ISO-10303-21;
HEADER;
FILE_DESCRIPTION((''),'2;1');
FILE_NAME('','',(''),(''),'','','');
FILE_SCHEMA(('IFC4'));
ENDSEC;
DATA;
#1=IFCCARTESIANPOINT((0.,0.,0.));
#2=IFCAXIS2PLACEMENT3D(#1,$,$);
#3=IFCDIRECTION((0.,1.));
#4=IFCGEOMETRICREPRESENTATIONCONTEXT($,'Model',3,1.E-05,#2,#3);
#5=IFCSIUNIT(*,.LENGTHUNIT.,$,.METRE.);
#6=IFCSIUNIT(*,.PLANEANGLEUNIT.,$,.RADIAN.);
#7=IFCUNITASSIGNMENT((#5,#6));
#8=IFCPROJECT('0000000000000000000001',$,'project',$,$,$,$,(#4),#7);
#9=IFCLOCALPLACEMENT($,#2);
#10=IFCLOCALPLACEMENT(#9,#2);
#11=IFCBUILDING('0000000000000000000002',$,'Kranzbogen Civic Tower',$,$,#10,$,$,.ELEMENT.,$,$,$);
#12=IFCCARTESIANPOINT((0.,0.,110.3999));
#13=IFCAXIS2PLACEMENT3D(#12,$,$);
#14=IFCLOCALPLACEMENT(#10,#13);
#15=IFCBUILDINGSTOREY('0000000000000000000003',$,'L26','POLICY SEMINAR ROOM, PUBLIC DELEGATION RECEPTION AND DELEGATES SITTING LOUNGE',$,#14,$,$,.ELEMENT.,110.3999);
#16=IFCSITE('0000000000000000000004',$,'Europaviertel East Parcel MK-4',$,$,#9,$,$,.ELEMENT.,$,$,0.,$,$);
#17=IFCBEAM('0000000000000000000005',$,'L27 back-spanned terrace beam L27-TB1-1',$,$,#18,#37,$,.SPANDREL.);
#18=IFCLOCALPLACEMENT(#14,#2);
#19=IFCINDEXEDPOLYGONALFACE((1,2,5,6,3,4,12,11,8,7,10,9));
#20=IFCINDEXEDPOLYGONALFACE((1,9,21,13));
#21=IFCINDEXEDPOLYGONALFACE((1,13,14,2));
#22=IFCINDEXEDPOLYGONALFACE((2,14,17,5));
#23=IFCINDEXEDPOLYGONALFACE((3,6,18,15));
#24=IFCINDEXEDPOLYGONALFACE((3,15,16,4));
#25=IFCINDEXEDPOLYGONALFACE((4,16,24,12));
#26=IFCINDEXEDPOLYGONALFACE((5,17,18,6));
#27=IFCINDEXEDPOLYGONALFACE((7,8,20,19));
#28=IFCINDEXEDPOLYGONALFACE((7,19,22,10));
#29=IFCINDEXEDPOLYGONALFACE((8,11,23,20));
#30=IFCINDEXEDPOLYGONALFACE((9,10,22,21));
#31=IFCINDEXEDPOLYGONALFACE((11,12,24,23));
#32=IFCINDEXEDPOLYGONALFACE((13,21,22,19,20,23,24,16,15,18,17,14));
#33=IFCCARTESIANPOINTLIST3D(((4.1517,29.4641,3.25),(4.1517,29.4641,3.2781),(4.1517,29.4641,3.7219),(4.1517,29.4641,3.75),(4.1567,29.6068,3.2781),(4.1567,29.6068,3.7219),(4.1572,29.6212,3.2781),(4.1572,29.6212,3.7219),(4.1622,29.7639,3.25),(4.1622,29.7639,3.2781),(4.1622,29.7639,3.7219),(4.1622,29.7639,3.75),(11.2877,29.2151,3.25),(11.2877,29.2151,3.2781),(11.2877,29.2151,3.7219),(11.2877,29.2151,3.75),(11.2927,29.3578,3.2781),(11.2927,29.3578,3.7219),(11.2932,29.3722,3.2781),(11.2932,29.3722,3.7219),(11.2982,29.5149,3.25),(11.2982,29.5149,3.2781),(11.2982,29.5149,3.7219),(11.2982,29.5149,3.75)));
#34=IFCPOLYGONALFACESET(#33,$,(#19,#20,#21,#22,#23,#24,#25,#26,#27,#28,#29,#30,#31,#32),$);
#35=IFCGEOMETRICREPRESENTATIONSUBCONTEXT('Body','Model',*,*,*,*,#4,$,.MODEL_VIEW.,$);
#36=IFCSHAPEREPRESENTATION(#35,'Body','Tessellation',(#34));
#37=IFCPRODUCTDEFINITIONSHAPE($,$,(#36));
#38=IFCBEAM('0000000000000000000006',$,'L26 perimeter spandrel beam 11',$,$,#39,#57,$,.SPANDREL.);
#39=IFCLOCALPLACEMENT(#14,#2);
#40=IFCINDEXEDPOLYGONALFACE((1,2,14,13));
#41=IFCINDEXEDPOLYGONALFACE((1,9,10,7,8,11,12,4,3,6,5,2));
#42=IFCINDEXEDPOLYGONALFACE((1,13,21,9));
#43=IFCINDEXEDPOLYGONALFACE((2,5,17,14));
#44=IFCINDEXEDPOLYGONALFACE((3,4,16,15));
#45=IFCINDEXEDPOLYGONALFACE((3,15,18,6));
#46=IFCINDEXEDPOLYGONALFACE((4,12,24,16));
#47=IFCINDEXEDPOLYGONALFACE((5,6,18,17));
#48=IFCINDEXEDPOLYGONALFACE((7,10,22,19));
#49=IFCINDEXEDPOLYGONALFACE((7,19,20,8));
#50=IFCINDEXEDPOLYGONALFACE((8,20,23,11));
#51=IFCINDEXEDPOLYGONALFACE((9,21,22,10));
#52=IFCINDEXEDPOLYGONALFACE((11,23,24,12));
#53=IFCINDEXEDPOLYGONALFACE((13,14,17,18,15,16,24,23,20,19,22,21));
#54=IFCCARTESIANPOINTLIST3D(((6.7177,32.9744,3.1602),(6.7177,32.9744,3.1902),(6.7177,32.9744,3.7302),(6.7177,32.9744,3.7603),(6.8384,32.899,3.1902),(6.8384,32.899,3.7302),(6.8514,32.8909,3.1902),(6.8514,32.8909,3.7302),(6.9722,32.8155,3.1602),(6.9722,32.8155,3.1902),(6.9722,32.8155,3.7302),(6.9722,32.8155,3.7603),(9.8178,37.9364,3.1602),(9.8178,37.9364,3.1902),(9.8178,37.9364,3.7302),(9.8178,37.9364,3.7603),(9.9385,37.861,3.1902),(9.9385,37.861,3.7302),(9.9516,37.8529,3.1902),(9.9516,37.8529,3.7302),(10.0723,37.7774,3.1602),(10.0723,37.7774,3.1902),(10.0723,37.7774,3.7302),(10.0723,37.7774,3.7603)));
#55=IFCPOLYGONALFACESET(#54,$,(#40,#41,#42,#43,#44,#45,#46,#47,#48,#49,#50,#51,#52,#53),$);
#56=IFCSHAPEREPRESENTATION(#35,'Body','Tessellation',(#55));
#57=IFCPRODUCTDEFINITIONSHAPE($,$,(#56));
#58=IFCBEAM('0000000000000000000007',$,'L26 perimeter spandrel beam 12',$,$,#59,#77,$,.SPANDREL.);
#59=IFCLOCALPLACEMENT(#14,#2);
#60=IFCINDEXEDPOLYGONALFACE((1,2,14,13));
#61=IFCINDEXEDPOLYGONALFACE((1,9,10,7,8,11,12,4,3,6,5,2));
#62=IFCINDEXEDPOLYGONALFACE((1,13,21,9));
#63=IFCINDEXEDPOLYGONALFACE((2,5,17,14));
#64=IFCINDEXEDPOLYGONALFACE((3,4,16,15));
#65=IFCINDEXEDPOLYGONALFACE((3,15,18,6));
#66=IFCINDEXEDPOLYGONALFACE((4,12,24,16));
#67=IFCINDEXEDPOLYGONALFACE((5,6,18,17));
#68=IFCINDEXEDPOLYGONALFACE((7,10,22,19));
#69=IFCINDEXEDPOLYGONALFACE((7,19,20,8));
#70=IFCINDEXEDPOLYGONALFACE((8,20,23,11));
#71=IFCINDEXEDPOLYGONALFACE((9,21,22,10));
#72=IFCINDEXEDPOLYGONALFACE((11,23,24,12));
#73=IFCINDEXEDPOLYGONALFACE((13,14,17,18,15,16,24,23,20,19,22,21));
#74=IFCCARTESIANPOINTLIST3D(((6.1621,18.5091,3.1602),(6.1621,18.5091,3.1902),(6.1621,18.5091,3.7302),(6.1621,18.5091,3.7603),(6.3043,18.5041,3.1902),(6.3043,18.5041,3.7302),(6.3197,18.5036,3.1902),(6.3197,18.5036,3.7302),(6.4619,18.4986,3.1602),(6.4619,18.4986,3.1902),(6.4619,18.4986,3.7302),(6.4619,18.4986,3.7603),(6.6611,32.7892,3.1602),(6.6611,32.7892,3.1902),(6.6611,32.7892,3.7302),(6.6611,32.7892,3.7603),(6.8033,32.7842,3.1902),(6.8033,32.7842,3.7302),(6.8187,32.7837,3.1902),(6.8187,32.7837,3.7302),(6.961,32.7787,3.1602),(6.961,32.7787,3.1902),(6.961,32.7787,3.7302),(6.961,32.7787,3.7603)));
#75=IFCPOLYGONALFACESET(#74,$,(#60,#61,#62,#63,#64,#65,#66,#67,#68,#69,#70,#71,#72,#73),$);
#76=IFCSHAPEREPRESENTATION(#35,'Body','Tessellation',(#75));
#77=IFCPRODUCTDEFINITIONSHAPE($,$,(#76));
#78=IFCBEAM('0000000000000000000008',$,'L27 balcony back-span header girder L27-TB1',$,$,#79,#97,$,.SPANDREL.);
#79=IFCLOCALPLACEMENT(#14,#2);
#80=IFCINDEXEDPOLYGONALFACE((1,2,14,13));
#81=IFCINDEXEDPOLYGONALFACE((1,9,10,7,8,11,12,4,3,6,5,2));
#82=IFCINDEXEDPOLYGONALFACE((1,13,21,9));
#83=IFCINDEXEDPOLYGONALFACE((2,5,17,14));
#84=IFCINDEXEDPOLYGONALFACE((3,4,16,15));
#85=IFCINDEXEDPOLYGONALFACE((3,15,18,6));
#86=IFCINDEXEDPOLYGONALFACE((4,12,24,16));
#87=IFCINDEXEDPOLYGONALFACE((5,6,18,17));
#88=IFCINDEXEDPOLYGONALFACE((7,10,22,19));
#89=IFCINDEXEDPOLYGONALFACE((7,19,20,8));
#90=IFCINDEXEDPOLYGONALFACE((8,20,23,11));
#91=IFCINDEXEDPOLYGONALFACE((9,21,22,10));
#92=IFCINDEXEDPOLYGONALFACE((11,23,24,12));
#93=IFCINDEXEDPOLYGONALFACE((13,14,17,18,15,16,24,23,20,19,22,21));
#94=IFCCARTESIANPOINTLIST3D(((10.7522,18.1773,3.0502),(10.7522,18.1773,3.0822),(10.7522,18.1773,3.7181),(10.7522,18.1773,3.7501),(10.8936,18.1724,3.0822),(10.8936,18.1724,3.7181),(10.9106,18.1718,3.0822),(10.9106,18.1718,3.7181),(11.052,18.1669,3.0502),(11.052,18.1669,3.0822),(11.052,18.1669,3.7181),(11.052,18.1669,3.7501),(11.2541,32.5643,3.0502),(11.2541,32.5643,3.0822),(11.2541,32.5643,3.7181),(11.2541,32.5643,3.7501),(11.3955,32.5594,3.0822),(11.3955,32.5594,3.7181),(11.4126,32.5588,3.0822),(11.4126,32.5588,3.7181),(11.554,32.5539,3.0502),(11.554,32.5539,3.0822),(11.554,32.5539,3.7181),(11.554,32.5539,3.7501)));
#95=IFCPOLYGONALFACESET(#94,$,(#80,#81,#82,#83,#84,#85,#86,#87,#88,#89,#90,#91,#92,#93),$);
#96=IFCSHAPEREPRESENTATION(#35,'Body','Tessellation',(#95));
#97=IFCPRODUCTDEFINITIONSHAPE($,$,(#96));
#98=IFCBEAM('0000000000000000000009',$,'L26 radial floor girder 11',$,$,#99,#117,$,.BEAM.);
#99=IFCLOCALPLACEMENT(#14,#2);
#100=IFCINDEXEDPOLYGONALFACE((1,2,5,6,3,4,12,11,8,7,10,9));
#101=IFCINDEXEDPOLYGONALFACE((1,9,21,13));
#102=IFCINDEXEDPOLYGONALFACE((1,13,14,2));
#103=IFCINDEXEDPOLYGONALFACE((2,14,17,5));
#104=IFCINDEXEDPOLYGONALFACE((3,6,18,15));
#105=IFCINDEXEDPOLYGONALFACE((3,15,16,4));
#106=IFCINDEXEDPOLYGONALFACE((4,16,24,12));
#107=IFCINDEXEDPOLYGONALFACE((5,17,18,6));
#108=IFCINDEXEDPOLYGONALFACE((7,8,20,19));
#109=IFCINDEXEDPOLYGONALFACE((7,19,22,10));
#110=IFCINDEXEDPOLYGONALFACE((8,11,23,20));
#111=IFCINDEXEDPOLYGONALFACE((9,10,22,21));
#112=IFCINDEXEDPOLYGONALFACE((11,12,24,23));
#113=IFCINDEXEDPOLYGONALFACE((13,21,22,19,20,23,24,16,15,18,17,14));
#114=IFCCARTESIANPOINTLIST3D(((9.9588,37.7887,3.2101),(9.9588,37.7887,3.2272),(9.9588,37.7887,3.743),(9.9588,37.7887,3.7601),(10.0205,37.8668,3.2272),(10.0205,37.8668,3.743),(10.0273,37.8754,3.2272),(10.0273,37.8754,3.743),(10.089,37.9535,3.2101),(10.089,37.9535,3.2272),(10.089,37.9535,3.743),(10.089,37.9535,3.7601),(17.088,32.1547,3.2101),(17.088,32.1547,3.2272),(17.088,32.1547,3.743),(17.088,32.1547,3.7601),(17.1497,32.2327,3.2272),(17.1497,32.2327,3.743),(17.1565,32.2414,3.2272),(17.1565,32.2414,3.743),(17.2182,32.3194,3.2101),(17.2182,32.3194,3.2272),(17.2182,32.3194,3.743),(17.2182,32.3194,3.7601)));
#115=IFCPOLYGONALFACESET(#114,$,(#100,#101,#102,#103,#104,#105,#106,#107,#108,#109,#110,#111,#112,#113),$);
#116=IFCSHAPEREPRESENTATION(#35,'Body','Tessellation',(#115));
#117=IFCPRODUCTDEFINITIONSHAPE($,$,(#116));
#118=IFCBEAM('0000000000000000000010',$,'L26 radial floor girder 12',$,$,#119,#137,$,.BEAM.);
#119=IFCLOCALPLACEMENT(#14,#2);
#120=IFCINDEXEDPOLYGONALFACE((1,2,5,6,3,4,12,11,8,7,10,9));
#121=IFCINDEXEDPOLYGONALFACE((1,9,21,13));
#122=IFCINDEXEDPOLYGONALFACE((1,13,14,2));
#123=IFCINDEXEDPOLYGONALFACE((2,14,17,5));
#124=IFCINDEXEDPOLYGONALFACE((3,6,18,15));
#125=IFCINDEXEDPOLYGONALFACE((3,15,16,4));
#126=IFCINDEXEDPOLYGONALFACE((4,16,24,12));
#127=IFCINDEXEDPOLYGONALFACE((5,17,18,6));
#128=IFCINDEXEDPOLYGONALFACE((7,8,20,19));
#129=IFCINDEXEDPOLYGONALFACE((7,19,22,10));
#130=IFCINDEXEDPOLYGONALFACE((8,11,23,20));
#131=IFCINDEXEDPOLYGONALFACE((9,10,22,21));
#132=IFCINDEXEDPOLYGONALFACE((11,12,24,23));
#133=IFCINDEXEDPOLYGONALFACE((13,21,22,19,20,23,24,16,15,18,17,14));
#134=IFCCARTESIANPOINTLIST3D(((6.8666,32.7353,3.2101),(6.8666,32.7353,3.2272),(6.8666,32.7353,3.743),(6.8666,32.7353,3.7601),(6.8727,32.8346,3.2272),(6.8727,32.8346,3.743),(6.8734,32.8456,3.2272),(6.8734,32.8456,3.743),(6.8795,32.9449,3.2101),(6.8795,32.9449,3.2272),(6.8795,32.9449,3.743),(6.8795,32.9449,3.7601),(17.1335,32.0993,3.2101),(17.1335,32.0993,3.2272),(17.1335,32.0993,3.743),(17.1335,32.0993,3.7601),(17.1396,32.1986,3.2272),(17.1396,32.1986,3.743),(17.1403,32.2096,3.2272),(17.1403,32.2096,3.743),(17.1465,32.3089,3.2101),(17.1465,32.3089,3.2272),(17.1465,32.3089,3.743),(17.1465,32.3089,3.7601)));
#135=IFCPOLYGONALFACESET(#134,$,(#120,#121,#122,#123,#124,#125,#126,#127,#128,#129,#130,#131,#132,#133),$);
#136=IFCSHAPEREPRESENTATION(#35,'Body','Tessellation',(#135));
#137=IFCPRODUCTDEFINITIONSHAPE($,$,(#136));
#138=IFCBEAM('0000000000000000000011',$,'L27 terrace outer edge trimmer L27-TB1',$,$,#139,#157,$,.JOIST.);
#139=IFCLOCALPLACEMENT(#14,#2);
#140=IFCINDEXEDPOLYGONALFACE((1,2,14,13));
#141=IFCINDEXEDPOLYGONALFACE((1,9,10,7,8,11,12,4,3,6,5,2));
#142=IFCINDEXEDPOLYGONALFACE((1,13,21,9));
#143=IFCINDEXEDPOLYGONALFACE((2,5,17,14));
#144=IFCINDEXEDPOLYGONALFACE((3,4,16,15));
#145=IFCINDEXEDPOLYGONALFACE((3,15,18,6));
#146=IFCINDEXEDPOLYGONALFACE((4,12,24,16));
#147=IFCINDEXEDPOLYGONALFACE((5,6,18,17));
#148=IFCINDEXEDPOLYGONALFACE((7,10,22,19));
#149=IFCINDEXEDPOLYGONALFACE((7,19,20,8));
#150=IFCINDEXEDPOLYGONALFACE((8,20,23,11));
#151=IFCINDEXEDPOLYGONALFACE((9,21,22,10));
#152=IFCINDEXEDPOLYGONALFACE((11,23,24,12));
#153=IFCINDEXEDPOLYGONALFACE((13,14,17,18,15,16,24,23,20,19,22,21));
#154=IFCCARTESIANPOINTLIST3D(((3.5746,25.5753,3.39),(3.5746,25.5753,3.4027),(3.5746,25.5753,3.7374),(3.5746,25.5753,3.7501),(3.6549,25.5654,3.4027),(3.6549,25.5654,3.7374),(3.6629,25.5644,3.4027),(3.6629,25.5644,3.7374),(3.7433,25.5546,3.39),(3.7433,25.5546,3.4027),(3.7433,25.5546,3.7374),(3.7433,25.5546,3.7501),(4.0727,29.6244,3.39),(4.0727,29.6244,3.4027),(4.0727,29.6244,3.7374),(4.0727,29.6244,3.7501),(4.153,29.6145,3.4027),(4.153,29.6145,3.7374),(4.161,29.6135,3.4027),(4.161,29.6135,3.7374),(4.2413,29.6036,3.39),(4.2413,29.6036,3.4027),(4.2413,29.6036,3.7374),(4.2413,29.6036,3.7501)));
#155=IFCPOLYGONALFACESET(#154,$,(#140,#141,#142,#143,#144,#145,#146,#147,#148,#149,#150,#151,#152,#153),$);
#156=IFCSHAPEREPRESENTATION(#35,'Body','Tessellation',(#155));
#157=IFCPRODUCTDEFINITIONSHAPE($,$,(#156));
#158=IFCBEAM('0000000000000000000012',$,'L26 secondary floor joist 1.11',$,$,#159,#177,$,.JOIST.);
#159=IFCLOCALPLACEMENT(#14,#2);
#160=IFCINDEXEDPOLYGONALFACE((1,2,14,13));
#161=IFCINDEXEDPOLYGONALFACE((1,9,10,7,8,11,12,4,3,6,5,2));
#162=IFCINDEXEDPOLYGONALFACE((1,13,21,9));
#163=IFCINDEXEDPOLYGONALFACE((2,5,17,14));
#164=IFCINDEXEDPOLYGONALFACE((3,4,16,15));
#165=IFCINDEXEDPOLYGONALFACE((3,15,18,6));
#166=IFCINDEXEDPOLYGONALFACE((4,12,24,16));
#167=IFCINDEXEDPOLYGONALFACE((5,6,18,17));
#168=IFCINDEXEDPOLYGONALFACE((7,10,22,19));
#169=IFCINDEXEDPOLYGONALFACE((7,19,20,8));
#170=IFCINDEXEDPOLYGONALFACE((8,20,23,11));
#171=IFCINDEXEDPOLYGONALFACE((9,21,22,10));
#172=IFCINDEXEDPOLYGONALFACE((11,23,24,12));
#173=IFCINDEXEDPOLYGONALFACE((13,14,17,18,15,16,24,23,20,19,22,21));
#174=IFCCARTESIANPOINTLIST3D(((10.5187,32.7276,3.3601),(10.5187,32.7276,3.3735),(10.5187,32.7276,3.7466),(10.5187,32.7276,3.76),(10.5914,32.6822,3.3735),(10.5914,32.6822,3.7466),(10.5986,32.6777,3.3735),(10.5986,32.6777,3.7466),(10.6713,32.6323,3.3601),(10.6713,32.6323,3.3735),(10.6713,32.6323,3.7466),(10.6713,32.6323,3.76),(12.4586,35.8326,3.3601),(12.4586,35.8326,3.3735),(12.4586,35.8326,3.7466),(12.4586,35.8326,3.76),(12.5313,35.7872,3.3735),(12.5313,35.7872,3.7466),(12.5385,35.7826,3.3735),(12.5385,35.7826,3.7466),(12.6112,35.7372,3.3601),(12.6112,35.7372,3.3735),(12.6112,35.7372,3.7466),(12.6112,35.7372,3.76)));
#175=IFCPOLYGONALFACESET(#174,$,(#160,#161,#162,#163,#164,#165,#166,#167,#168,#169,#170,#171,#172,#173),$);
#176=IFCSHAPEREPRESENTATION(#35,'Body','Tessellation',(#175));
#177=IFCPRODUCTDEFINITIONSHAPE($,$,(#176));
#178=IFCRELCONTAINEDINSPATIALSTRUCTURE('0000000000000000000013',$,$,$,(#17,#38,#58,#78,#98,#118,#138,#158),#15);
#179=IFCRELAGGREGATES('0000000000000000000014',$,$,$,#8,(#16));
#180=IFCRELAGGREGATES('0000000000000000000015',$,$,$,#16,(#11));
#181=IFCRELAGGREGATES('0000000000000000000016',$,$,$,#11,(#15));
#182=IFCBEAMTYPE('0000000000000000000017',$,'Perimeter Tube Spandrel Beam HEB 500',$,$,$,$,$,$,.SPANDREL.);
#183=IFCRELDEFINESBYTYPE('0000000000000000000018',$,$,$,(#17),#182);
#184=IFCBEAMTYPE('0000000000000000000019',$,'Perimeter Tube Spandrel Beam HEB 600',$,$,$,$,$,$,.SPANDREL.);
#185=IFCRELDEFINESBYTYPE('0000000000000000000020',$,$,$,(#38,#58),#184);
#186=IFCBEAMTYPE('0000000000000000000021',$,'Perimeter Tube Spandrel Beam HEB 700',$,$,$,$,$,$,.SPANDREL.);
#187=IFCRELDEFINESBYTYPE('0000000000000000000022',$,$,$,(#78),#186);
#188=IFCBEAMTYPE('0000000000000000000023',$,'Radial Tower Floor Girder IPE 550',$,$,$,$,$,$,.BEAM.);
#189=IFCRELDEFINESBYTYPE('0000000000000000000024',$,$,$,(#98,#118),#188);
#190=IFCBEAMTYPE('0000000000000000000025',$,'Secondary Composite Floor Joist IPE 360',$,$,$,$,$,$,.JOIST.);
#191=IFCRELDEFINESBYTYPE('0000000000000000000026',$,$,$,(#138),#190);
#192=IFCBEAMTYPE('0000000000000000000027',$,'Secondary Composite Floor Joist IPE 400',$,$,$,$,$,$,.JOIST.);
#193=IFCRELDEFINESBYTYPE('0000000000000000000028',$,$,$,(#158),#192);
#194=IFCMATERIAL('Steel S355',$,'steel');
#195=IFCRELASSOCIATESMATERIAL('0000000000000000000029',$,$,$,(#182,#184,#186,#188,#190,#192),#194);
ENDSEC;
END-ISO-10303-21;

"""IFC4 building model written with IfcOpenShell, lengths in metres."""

from ifc_helpers import new_model, si_unit, direction, frame, origin, origin_2d, place, context, subcontext, project, spatial, i_section, extrude, material, material_profile, profile_set, type_object, element, save


model = new_model("IFC4")

# Units and contexts
model_context = context("Model", 3, precision=1e-05, world=origin(), true_north=direction((0.0, 1.0)))
body_context = subcontext(model_context, "Body", "Model", "MODEL_VIEW")
ifc_project = project(units=[si_unit("LENGTHUNIT", "METRE"), si_unit("PLANEANGLEUNIT", "RADIAN")], contexts=[model_context])

# Site, building, storey
site_placement = place(None, origin())
site = spatial("IfcSite", under=ifc_project, at=site_placement, Name="Europaviertel East Parcel MK-4", CompositionType="ELEMENT", RefElevation=0.0)
building_placement = place(site_placement, origin())
building = spatial("IfcBuilding", under=site, at=building_placement, Name="Kranzbogen Civic Tower", CompositionType="ELEMENT")
storey_placement = place(building_placement, frame((0.0, 0.0, 110.3999)))
storey = spatial("IfcBuildingStorey", under=building, at=storey_placement, Name="L26", Description="POLICY SEMINAR ROOM, PUBLIC DELEGATION RECEPTION AND DELEGATES SITTING LOUNGE", CompositionType="ELEMENT", Elevation=110.3999)

# Shared definitions
ifc_material_1 = material(Name="Steel S355", Category="steel")

# Beams
ifc_material_profile_1 = material_profile(ifc_material_1, i_section(OverallWidth=0.3, OverallDepth=0.5, WebThickness=0.0144, FlangeThickness=0.0281, at=origin_2d()), Name="HEB 500")
ifc_profile_set_1 = profile_set([ifc_material_profile_1], Name="Steel S355")
beam_type_1 = type_object("IfcBeamType", Name="Perimeter Tube Spandrel Beam HEB 500", PredefinedType="SPANDREL", material=ifc_profile_set_1)
beam_1_placement = place(storey_placement, frame((11.293, 29.365, 3.5), z_axis=(-0.999392, 0.034876, 0.0), x_axis=(-0.034876, -0.999392, 0.0)))
element("IfcBeam", 1, at=beam_1_placement, inside=storey, type_object=beam_type_1, Name="L27 back-spanned terrace beam L27-TB1-1", PredefinedType="SPANDREL", context=body_context, shape_type="SweptSolid", body=[
    extrude(i_section(OverallWidth=0.3, OverallDepth=0.5, WebThickness=0.0144, FlangeThickness=0.0281, at=origin_2d()), origin(), (0.0, 0.0, 1.0), 7.1404),
])
ifc_material_profile_2 = material_profile(ifc_material_1, i_section(OverallWidth=0.3, OverallDepth=0.6001, WebThickness=0.0154, FlangeThickness=0.03, at=origin_2d()), Name="HEB 600")
ifc_profile_set_2 = profile_set([ifc_material_profile_2], Name="Steel S355")
beam_type_2 = type_object("IfcBeamType", Name="Perimeter Tube Spandrel Beam HEB 600", PredefinedType="SPANDREL", material=ifc_profile_set_2)
beam_2_placement = place(storey_placement, frame((9.9451, 37.8569, 3.4602), z_axis=(-0.529864, -0.848083, 0.0), x_axis=(0.848083, -0.529864, 0.0)))
element("IfcBeam", 2, at=beam_2_placement, inside=storey, type_object=beam_type_2, Name="L26 perimeter spandrel beam 11", PredefinedType="SPANDREL", context=body_context, shape_type="SweptSolid", body=[
    extrude(i_section(OverallWidth=0.3, OverallDepth=0.6001, WebThickness=0.0154, FlangeThickness=0.03, at=origin_2d()), origin(), (0.0, 0.0, 1.0), 5.8508),
])
beam_3_placement = place(storey_placement, frame((6.811, 32.7839, 3.4602), z_axis=(-0.034924, -0.99939, 0.0), x_axis=(0.99939, -0.034924, 0.0)))
element("IfcBeam", 3, at=beam_3_placement, inside=storey, type_object=beam_type_2, Name="L26 perimeter spandrel beam 12", PredefinedType="SPANDREL", context=body_context, shape_type="SweptSolid", body=[
    extrude(i_section(OverallWidth=0.3, OverallDepth=0.6001, WebThickness=0.0154, FlangeThickness=0.03, at=origin_2d()), origin(), (0.0, 0.0, 1.0), 14.2888),
])
ifc_material_profile_3 = material_profile(ifc_material_1, i_section(OverallWidth=0.3, OverallDepth=0.7, WebThickness=0.0171, FlangeThickness=0.032, at=origin_2d()), Name="HEB 700")
ifc_profile_set_3 = profile_set([ifc_material_profile_3], Name="Steel S355")
beam_type_3 = type_object("IfcBeamType", Name="Perimeter Tube Spandrel Beam HEB 700", PredefinedType="SPANDREL", material=ifc_profile_set_3)
beam_4_placement = place(storey_placement, frame((11.4041, 32.5591, 3.4001), z_axis=(-0.034868, -0.999392, 0.0), x_axis=(0.999392, -0.034868, 0.0)))
element("IfcBeam", 4, at=beam_4_placement, inside=storey, type_object=beam_type_3, Name="L27 balcony back-span header girder L27-TB1", PredefinedType="SPANDREL", context=body_context, shape_type="SweptSolid", body=[
    extrude(i_section(OverallWidth=0.3, OverallDepth=0.7, WebThickness=0.0171, FlangeThickness=0.032, at=origin_2d()), origin(), (0.0, 0.0, 1.0), 14.3958),
])
ifc_material_profile_4 = material_profile(ifc_material_1, i_section(OverallWidth=0.21, OverallDepth=0.55, WebThickness=0.011, FlangeThickness=0.0171, at=origin_2d()), Name="IPE 550")
ifc_profile_set_4 = profile_set([ifc_material_profile_4], Name="Steel S355")
beam_type_4 = type_object("IfcBeamType", Name="Radial Tower Floor Girder IPE 550", PredefinedType="BEAM", material=ifc_profile_set_4)
beam_5_placement = place(storey_placement, frame((10.0239, 37.8711, 3.4851), z_axis=(0.784575, -0.620034, 0.0), x_axis=(0.620034, 0.784575, 0.0)))
element("IfcBeam", 5, at=beam_5_placement, inside=storey, type_object=beam_type_4, Name="L26 radial floor girder 11", PredefinedType="BEAM", context=body_context, shape_type="SweptSolid", body=[
    extrude(i_section(OverallWidth=0.21, OverallDepth=0.55, WebThickness=0.011, FlangeThickness=0.0171, at=origin_2d()), origin(), (0.0, 0.0, 1.0), 9.0867),
])
beam_6_placement = place(storey_placement, frame((6.873, 32.8401, 3.4851), z_axis=(0.998087, -0.061827, 0.0), x_axis=(0.061827, 0.998087, 0.0)))
element("IfcBeam", 6, at=beam_6_placement, inside=storey, type_object=beam_type_4, Name="L26 radial floor girder 12", PredefinedType="BEAM", context=body_context, shape_type="SweptSolid", body=[
    extrude(i_section(OverallWidth=0.21, OverallDepth=0.55, WebThickness=0.011, FlangeThickness=0.0171, at=origin_2d()), origin(), (0.0, 0.0, 1.0), 10.2866),
])
ifc_material_profile_5 = material_profile(ifc_material_1, i_section(OverallWidth=0.1699, OverallDepth=0.3601, WebThickness=0.0081, FlangeThickness=0.0127, at=origin_2d()), Name="IPE 360")
ifc_profile_set_5 = profile_set([ifc_material_profile_5], Name="Steel S355")
beam_type_5 = type_object("IfcBeamType", Name="Secondary Composite Floor Joist IPE 360", PredefinedType="JOIST", material=ifc_profile_set_5)
beam_7_placement = place(storey_placement, frame((4.157, 29.614, 3.5701), z_axis=(-0.122083, -0.99252, 0.0), x_axis=(0.99252, -0.122083, 0.0)))
element("IfcBeam", 7, at=beam_7_placement, inside=storey, type_object=beam_type_5, Name="L27 terrace outer edge trimmer L27-TB1", PredefinedType="JOIST", context=body_context, shape_type="SweptSolid", body=[
    extrude(i_section(OverallWidth=0.1699, OverallDepth=0.3601, WebThickness=0.0081, FlangeThickness=0.0127, at=origin_2d()), origin(), (0.0, 0.0, 1.0), 4.0796),
])
ifc_material_profile_6 = material_profile(ifc_material_1, i_section(OverallWidth=0.1799, OverallDepth=0.3999, WebThickness=0.0085, FlangeThickness=0.0134, at=origin_2d()), Name="IPE 400")
ifc_profile_set_6 = profile_set([ifc_material_profile_6], Name="Steel S355")
beam_type_6 = type_object("IfcBeamType", Name="Secondary Composite Floor Joist IPE 400", PredefinedType="JOIST", material=ifc_profile_set_6)
beam_8_placement = place(storey_placement, frame((12.5349, 35.7849, 3.5601), z_axis=(-0.529867, -0.848081, 0.0), x_axis=(0.848081, -0.529867, 0.0)))
element("IfcBeam", 8, at=beam_8_placement, inside=storey, type_object=beam_type_6, Name="L26 secondary floor joist 1.11", PredefinedType="JOIST", context=body_context, shape_type="SweptSolid", body=[
    extrude(i_section(OverallWidth=0.1799, OverallDepth=0.3999, WebThickness=0.0085, FlangeThickness=0.0134, at=origin_2d()), origin(), (0.0, 0.0, 1.0), 3.6611),
])

save(model, "model.ifc")
